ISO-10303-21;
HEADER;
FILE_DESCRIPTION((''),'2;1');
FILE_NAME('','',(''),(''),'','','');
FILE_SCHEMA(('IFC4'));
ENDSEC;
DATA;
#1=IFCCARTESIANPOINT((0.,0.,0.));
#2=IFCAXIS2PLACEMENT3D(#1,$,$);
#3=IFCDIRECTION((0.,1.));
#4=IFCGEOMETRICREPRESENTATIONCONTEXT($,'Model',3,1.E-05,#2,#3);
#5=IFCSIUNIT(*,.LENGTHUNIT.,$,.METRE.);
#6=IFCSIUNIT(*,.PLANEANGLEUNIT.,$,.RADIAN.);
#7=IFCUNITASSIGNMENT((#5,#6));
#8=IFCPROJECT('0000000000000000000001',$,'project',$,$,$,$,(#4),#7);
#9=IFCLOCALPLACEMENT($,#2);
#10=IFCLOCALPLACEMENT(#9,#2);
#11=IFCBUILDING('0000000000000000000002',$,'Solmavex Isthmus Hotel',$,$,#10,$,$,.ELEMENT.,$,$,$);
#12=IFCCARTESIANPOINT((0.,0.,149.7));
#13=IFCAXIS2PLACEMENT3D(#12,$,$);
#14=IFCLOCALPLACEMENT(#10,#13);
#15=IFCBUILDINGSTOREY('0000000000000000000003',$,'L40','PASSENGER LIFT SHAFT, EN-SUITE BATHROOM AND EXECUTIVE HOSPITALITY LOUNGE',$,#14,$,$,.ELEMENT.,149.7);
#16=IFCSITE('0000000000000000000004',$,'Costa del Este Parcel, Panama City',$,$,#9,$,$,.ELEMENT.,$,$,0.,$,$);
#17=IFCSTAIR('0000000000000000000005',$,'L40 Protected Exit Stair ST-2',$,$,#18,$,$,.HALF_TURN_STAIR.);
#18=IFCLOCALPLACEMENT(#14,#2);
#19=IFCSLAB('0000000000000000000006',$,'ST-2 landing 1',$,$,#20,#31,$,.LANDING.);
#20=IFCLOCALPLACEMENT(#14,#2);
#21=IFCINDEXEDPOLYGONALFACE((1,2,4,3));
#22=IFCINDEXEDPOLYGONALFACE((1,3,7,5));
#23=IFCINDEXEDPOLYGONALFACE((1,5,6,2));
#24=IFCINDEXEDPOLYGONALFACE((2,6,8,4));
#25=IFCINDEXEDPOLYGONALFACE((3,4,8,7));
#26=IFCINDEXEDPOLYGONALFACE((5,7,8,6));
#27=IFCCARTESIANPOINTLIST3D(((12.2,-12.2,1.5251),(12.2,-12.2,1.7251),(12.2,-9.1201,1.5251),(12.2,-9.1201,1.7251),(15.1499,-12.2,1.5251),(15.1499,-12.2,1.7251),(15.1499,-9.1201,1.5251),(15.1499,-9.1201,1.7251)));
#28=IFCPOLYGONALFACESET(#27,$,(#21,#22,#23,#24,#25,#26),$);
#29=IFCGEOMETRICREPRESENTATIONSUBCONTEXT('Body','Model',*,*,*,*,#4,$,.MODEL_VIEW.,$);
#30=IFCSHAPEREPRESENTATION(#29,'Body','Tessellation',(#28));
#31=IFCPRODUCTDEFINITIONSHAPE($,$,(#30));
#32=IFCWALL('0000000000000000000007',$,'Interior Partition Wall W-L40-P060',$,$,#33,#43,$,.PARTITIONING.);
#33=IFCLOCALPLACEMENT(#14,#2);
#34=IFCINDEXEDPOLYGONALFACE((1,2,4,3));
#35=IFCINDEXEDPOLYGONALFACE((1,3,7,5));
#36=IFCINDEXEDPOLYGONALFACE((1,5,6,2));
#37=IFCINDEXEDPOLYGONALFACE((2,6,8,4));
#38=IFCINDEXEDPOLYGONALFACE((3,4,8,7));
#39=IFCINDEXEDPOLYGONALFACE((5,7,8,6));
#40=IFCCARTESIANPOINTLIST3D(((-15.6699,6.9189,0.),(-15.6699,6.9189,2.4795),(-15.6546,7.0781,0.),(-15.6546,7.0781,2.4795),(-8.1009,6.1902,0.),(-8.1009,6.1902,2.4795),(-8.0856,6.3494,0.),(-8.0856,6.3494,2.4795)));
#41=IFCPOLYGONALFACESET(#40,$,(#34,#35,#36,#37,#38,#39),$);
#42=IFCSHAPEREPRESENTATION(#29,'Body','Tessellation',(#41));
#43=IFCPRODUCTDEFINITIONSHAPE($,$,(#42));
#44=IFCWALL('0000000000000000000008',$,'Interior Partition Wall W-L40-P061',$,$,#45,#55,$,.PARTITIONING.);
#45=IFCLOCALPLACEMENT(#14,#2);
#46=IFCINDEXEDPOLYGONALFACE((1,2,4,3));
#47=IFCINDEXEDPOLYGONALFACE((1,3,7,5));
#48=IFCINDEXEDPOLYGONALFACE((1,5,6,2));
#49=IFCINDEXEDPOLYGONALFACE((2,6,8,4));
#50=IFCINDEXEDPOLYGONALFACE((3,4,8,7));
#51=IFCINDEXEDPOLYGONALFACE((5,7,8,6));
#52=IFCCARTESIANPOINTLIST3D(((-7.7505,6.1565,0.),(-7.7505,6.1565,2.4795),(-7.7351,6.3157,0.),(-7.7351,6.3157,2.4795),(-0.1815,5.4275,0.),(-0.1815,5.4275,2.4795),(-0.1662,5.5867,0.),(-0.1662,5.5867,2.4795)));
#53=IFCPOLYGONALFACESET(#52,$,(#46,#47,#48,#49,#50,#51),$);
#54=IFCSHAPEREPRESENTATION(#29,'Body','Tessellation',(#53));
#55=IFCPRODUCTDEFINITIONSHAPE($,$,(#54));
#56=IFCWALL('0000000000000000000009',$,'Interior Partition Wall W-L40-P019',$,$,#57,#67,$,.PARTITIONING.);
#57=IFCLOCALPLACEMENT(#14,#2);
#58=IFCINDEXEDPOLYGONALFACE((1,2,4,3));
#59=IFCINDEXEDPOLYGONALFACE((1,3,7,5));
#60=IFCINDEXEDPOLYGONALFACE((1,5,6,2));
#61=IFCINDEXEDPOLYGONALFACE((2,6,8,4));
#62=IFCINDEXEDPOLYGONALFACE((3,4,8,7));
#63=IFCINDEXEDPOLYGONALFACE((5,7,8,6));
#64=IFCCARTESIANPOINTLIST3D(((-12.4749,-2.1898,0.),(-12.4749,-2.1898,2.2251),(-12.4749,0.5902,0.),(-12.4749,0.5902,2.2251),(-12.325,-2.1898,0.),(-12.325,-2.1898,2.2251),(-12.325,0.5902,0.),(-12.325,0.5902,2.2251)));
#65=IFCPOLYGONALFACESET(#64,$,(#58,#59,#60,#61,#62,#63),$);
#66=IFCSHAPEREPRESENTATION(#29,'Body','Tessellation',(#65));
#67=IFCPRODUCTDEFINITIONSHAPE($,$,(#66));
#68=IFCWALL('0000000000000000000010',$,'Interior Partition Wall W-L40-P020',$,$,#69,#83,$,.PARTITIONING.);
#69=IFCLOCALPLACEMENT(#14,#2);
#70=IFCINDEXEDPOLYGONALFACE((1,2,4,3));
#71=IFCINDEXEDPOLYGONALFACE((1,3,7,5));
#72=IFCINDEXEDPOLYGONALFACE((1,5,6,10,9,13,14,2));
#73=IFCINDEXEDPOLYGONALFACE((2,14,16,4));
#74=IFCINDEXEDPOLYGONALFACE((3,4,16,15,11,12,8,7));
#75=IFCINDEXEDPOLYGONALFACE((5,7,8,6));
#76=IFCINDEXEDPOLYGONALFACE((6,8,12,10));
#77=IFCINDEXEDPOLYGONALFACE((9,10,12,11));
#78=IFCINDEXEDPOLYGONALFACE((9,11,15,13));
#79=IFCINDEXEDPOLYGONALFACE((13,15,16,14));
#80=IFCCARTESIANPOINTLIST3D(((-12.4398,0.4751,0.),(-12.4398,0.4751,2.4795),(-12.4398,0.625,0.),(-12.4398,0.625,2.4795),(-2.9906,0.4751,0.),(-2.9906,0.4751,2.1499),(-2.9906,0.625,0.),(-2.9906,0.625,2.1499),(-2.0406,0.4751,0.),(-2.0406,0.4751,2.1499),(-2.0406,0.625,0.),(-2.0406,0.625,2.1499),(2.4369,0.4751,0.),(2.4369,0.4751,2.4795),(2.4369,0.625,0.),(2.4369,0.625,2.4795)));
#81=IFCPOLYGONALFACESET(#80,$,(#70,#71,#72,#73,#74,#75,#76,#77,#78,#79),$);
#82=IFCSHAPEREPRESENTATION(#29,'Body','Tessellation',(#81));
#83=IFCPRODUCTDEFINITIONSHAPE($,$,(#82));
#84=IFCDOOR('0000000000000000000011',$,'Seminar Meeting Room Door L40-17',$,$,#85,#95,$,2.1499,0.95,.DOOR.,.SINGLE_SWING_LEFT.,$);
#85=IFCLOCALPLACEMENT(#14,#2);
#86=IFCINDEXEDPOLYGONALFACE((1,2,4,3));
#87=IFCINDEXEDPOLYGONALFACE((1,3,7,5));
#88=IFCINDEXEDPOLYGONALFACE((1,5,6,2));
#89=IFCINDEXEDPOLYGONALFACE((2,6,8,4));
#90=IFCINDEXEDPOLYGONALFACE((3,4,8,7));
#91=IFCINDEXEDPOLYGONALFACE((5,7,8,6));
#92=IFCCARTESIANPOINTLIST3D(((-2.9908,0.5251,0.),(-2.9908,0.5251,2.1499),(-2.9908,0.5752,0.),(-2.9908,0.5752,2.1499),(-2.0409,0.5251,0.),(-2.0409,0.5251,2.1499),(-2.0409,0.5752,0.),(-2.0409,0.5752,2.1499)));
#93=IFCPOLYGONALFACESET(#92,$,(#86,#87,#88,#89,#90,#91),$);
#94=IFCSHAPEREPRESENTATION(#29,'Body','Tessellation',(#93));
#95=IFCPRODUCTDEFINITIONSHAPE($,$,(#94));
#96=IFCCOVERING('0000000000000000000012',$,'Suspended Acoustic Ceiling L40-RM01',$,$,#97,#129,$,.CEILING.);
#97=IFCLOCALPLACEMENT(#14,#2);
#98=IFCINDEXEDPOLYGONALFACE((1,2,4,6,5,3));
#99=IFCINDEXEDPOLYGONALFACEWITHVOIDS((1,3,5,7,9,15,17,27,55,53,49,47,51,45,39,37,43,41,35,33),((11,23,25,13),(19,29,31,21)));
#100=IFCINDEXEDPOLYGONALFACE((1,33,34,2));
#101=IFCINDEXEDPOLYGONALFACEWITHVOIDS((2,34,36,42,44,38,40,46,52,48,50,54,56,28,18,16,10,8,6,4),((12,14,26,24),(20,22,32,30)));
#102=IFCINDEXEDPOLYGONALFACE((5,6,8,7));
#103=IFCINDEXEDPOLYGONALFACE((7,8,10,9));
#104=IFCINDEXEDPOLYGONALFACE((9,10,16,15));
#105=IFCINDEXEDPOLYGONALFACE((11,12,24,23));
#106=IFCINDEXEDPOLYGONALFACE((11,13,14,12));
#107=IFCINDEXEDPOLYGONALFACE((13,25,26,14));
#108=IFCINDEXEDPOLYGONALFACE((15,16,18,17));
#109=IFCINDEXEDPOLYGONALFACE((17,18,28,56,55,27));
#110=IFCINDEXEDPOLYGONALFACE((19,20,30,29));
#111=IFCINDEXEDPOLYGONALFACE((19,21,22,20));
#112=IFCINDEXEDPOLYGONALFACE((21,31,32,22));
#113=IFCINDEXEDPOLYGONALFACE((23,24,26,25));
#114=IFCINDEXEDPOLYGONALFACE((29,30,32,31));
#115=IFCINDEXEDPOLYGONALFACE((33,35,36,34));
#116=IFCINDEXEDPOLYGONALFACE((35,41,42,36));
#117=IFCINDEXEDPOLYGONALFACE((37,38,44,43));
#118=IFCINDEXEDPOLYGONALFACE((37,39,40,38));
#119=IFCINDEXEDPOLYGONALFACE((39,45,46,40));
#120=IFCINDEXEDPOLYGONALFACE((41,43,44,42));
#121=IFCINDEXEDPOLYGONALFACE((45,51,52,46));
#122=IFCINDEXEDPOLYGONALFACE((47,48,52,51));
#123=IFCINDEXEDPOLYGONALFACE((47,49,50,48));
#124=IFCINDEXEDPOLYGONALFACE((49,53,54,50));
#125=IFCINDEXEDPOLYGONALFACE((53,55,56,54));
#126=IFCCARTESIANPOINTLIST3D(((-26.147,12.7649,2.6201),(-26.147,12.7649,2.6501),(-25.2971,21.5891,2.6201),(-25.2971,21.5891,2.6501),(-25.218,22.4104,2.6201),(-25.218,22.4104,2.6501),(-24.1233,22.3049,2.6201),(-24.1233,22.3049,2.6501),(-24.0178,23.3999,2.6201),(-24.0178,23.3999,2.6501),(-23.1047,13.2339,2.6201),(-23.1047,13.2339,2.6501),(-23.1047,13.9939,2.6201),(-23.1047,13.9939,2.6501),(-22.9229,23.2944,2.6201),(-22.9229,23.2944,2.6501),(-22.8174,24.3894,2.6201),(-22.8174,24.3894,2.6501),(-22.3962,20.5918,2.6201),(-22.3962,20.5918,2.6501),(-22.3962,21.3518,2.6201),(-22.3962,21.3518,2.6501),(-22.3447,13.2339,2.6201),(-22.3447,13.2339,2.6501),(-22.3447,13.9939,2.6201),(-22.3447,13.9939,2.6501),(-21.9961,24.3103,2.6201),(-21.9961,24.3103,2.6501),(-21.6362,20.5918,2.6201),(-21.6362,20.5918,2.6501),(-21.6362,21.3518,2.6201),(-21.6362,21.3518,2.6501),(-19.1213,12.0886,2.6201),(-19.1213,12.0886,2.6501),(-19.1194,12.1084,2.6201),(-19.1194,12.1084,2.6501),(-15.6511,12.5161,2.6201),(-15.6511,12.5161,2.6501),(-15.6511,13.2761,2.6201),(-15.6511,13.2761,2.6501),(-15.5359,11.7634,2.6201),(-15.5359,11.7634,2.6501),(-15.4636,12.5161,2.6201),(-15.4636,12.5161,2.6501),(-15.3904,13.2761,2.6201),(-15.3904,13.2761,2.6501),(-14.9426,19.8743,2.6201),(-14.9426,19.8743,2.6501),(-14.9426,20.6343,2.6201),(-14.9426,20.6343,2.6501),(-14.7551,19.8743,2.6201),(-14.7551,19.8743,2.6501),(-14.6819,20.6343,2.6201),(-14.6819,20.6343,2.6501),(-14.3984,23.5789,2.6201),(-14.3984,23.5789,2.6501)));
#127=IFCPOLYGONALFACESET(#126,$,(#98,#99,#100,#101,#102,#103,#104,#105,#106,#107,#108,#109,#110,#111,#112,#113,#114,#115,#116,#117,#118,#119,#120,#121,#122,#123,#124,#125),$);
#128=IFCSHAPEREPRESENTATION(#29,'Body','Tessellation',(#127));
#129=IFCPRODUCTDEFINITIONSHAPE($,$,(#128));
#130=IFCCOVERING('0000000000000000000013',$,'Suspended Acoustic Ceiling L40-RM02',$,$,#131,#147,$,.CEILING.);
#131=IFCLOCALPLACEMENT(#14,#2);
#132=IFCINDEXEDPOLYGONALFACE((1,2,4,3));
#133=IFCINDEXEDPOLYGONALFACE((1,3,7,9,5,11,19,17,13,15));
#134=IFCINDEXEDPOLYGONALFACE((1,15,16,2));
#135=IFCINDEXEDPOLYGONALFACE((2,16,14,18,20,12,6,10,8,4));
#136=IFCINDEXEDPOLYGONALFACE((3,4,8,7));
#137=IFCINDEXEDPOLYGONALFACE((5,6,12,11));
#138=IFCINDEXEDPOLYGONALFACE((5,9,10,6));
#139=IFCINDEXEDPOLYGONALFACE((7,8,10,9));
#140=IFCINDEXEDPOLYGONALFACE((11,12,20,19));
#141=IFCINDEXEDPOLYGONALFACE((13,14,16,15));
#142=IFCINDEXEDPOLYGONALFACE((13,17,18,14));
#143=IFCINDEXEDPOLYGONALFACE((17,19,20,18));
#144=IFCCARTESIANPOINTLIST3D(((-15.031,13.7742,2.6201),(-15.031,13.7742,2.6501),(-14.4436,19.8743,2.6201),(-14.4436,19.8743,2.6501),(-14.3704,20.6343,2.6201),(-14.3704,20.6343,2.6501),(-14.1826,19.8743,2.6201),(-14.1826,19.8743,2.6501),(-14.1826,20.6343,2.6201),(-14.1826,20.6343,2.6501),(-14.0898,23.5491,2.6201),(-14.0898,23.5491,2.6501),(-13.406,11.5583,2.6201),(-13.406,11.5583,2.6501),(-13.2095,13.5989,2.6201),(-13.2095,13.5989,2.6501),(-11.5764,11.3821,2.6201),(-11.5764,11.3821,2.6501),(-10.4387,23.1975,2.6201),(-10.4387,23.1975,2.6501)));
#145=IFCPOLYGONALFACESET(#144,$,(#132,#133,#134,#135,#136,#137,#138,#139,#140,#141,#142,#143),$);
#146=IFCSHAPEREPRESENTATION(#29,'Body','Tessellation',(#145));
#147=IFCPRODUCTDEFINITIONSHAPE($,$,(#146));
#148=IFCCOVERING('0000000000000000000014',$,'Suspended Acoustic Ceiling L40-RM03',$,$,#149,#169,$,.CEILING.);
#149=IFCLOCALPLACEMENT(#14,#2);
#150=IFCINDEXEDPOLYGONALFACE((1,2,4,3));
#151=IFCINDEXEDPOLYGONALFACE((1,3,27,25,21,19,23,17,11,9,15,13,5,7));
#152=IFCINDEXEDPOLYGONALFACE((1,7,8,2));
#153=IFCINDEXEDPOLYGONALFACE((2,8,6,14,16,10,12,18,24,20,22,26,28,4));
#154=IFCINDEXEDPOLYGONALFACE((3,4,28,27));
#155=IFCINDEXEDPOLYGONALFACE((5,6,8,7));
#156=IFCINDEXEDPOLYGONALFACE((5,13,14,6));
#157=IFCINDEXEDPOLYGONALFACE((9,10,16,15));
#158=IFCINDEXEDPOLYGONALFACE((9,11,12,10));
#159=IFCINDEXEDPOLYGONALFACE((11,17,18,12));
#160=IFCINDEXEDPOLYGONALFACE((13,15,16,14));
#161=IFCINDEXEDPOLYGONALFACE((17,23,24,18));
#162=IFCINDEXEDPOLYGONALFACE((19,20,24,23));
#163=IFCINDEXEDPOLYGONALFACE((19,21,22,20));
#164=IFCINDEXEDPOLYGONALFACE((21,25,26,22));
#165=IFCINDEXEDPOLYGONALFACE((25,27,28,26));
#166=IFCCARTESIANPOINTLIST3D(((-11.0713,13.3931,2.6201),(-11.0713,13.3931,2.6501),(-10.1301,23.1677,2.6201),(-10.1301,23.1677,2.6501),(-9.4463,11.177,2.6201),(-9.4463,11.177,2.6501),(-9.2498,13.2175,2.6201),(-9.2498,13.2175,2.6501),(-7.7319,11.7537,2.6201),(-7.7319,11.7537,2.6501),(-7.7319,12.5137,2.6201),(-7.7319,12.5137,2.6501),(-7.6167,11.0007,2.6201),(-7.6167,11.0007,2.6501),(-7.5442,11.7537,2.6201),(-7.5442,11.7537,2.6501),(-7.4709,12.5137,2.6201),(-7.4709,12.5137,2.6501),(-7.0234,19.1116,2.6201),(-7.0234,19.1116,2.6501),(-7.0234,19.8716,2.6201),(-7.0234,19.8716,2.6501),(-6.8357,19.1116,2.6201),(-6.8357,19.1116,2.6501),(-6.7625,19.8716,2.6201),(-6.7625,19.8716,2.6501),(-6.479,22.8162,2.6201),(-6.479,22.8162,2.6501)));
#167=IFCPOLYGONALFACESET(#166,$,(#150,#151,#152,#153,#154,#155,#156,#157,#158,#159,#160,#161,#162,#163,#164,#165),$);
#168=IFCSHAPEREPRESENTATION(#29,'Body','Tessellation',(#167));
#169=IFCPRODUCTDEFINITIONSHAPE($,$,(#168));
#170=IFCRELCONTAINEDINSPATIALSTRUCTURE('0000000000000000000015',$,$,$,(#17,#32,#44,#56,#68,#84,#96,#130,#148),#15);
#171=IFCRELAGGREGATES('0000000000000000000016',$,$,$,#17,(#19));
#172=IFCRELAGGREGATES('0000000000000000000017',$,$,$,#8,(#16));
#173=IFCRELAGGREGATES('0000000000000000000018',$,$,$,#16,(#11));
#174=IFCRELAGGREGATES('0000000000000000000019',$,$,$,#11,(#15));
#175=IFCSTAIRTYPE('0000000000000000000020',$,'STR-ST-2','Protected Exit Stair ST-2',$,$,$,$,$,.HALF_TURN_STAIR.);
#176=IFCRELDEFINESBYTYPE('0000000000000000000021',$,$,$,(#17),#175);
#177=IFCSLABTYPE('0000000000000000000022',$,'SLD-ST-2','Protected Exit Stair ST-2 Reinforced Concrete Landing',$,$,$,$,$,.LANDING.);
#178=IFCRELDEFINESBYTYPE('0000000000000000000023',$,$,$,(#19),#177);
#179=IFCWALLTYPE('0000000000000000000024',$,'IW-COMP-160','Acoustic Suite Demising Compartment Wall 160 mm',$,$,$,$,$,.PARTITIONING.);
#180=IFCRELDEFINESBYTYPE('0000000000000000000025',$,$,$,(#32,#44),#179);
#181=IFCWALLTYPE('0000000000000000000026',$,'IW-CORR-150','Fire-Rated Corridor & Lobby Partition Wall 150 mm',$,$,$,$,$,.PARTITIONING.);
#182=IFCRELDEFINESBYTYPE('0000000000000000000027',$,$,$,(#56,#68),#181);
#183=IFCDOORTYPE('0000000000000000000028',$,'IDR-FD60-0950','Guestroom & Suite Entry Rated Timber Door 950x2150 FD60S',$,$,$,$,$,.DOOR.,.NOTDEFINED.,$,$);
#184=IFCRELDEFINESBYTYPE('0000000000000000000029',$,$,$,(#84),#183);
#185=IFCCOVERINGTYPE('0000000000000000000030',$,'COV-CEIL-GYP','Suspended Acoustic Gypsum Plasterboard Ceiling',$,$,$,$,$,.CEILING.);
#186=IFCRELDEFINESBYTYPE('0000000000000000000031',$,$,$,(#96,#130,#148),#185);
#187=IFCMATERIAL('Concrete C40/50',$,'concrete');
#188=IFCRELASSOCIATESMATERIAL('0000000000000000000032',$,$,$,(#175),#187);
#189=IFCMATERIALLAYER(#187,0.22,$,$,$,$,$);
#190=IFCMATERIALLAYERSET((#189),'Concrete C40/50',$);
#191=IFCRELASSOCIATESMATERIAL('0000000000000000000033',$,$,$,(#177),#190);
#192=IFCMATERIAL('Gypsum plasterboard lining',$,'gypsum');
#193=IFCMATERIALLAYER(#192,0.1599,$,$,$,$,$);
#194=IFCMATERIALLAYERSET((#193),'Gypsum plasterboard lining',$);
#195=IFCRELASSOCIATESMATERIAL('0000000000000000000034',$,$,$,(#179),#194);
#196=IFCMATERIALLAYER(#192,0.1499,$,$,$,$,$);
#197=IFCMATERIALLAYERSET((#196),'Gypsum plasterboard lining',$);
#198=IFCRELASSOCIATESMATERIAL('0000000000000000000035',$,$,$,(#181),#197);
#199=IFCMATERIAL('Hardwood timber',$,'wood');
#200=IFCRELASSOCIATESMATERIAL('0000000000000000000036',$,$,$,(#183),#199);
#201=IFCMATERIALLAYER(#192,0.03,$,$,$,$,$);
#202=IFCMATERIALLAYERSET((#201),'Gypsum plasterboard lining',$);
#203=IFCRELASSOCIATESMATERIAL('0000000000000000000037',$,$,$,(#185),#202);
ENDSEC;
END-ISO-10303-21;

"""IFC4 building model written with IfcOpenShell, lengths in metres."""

from ifc_helpers import new_model, si_unit, direction, frame, frame_2d, origin, place, context, subcontext, project, spatial, polyline, rectangle, outline, extrude, material, layer, layer_set, type_object, element, fill, aggregate, save


model = new_model("IFC4")

# Units and contexts
model_context = context("Model", 3, precision=1e-05, world=origin(), true_north=direction((0.0, 1.0)))
body_context = subcontext(model_context, "Body", "Model", "MODEL_VIEW")
ifc_project = project(units=[si_unit("LENGTHUNIT", "METRE"), si_unit("PLANEANGLEUNIT", "RADIAN")], contexts=[model_context])

# Site, building, storey
site_placement = place(None, origin())
site = spatial("IfcSite", under=ifc_project, at=site_placement, Name="Costa del Este Parcel, Panama City", CompositionType="ELEMENT", RefElevation=0.0)
building_placement = place(site_placement, origin())
building = spatial("IfcBuilding", under=site, at=building_placement, Name="Solmavex Isthmus Hotel", CompositionType="ELEMENT")
storey_placement = place(building_placement, frame((0.0, 0.0, 149.7)))
storey = spatial("IfcBuildingStorey", under=building, at=storey_placement, Name="L40", Description="PASSENGER LIFT SHAFT, EN-SUITE BATHROOM AND EXECUTIVE HOSPITALITY LOUNGE", CompositionType="ELEMENT", Elevation=149.7)

# Shared definitions
ifc_material_1 = material(Name="Concrete C40/50", Category="concrete")

# Stair, slab
stair_type_1 = type_object("IfcStairType", Name="STR-ST-2", Description="Protected Exit Stair ST-2", PredefinedType="HALF_TURN_STAIR", material=ifc_material_1)
stair_1_placement = place(storey_placement, origin())
stair_1 = element("IfcStair", 1, at=stair_1_placement, inside=storey, type_object=stair_type_1, Name="L40 Protected Exit Stair ST-2", PredefinedType="HALF_TURN_STAIR")
ifc_layer_1 = layer(ifc_material_1, 0.22)
ifc_layer_set_1 = layer_set([ifc_layer_1], Name="Concrete C40/50")
slab_type_1 = type_object("IfcSlabType", Name="SLD-ST-2", Description="Protected Exit Stair ST-2 Reinforced Concrete Landing", PredefinedType="LANDING", material=ifc_layer_set_1)
slab_1_placement = place(storey_placement, frame((0.0, 0.0, 1.5251)))
slab_1 = element("IfcSlab", 2, at=slab_1_placement, type_object=slab_type_1, Name="ST-2 landing 1", PredefinedType="LANDING", context=body_context, shape_type="SweptSolid", body=[
    extrude(outline(polyline([(12.2, -9.1201), (12.2, -12.2), (15.1499, -12.2), (15.1499, -9.1201), (12.2, -9.1201)])), origin(), (0.0, 0.0, 1.0), 0.2),
])
aggregate(stair_1, [slab_1])

# Walls
ifc_material_2 = material(Name="Gypsum plasterboard lining", Category="gypsum")
ifc_layer_2 = layer(ifc_material_2, 0.1599)
ifc_layer_set_2 = layer_set([ifc_layer_2], Name="Gypsum plasterboard lining")
wall_type_1 = type_object("IfcWallType", Name="IW-COMP-160", Description="Acoustic Suite Demising Compartment Wall 160 mm", PredefinedType="PARTITIONING", material=ifc_layer_set_2)
for number, where, z_axis, x_axis, name in (
    (3, (-8.0933, 6.2698, 0.0), (0.0, 0.0, 1.0), (-0.995397, 0.095838, 0.0), "Interior Partition Wall W-L40-P060"),
    (4, (-0.1738, 5.5071, 0.0), (0.0, 0.0, 1.0), (-0.995394, 0.09587, 0.0), "Interior Partition Wall W-L40-P061"),
):
    element("IfcWall", number, at=place(storey_placement, frame(where, z_axis=z_axis, x_axis=x_axis)), inside=storey, type_object=wall_type_1, Name=name, PredefinedType="PARTITIONING", context=body_context, shape_type="SweptSolid", body=[
        extrude(rectangle(XDim=7.604, YDim=0.1599, at=frame_2d((3.802, 0.0))), origin(), (0.0, 0.0, 1.0), 2.4795),
    ])
ifc_layer_3 = layer(ifc_material_2, 0.1499)
ifc_layer_set_3 = layer_set([ifc_layer_3], Name="Gypsum plasterboard lining")
wall_type_2 = type_object("IfcWallType", Name="IW-CORR-150", Description="Fire-Rated Corridor & Lobby Partition Wall 150 mm", PredefinedType="PARTITIONING", material=ifc_layer_set_3)
wall_1_placement = place(storey_placement, frame((-12.3999, -2.1899, 0.0), z_axis=(0.0, 0.0, 1.0), x_axis=(0.0, 1.0, 0.0)))
element("IfcWall", 5, at=wall_1_placement, inside=storey, type_object=wall_type_2, Name="Interior Partition Wall W-L40-P019", PredefinedType="PARTITIONING", context=body_context, shape_type="SweptSolid", body=[
    extrude(rectangle(XDim=2.78, YDim=0.1499, at=frame_2d((1.3901, 0.0))), origin(), (0.0, 0.0, 1.0), 2.2251),
])

# Wall, opening, door
wall_2_placement = place(storey_placement, frame((-12.4399, 0.55, 0.0), z_axis=(0.0, 0.0, 1.0), x_axis=(1.0, 0.0, 0.0)))
wall_2 = element("IfcWall", 6, at=wall_2_placement, inside=storey, type_object=wall_type_2, Name="Interior Partition Wall W-L40-P020", PredefinedType="PARTITIONING", context=body_context, shape_type="SweptSolid", body=[
    extrude(rectangle(XDim=14.8767, YDim=0.1499, at=frame_2d((7.4385, 0.0))), origin(), (0.0, 0.0, 1.0), 2.4795),
])
opening_placement = place(wall_2_placement, frame((9.4492, 0.0, 0.0)))
opening = element("IfcOpeningElement", 7, at=opening_placement, cuts=wall_2, PredefinedType="OPENING", context=body_context, shape_type="SweptSolid", body=[
    extrude(rectangle(XDim=0.95, YDim=2.1499, at=frame_2d((0.4751, 1.075))), frame((0.0, 0.085, 0.0), z_axis=(0.0, -1.0, 0.0), x_axis=(1.0, 0.0, 0.0)), (0.0, 0.0, 1.0), 0.1699),
])
ifc_material_3 = material(Name="Hardwood timber", Category="wood")
door_type = type_object("IfcDoorType", Name="IDR-FD60-0950", Description="Guestroom & Suite Entry Rated Timber Door 950x2150 FD60S", OperationType="NOTDEFINED", PredefinedType="DOOR", material=ifc_material_3)
door_placement = place(opening_placement, frame((0.95, 0.0, 0.0), z_axis=(0.0, 0.0, 1.0), x_axis=(-1.0, 0.0, 0.0)))
door = element("IfcDoor", 8, at=door_placement, inside=storey, type_object=door_type, Name="Seminar Meeting Room Door L40-17", OperationType="SINGLE_SWING_LEFT", OverallHeight=2.1499, OverallWidth=0.95, PredefinedType="DOOR", context=body_context, shape_type="SweptSolid", body=[
    extrude(rectangle(XDim=0.95, YDim=2.1499, at=frame_2d((0.4751, 1.075))), frame((0.0, 0.0249, 0.0), z_axis=(0.0, -1.0, 0.0), x_axis=(1.0, 0.0, 0.0)), (0.0, 0.0, 1.0), 0.05),
])
fill(opening, door)

# Coverings
ifc_layer_4 = layer(ifc_material_2, 0.03)
ifc_layer_set_4 = layer_set([ifc_layer_4], Name="Gypsum plasterboard lining")
covering_type_1 = type_object("IfcCoveringType", Name="COV-CEIL-GYP", Description="Suspended Acoustic Gypsum Plasterboard Ceiling", PredefinedType="CEILING", material=ifc_layer_set_4)
covering_1_placement = place(storey_placement, frame((0.0, 0.0, 2.6201)))
element("IfcCovering", 9, at=covering_1_placement, inside=storey, type_object=covering_type_1, Name="Suspended Acoustic Ceiling L40-RM01", PredefinedType="CEILING", context=body_context, shape_type="SweptSolid", body=[
    extrude(outline(polyline([(-19.1213, 12.0886), (-19.1194, 12.1084), (-15.5359, 11.7634), (-15.4636, 12.5161), (-15.6511, 12.5161), (-15.6511, 13.2761), (-15.3904, 13.2761), (-14.7551, 19.8743), (-14.9426, 19.8743), (-14.9426, 20.6343), (-14.6819, 20.6343), (-14.3984, 23.5789), (-21.9961, 24.3103), (-22.8174, 24.3894), (-22.9229, 23.2944), (-24.0178, 23.3999), (-24.1233, 22.3049), (-25.218, 22.4104), (-25.2971, 21.5891), (-26.147, 12.7649), (-19.1213, 12.0886)]), holes=[polyline([(-22.3962, 20.5918), (-22.3962, 21.3518), (-21.6362, 21.3518), (-21.6362, 20.5918), (-22.3962, 20.5918)]), polyline([(-23.1047, 13.2339), (-23.1047, 13.9939), (-22.3447, 13.9939), (-22.3447, 13.2339), (-23.1047, 13.2339)])]), origin(), (0.0, 0.0, 1.0), 0.03),
])
covering_2_placement = place(storey_placement, frame((0.0, 0.0, 2.6201)))
element("IfcCovering", 10, at=covering_2_placement, inside=storey, type_object=covering_type_1, Name="Suspended Acoustic Ceiling L40-RM02", PredefinedType="CEILING", context=body_context, shape_type="SweptSolid", body=[
    extrude(outline(polyline([(-14.3704, 20.6343), (-14.1826, 20.6343), (-14.1826, 19.8743), (-14.4436, 19.8743), (-15.031, 13.7742), (-13.2095, 13.5989), (-13.406, 11.5583), (-11.5764, 11.3821), (-10.4387, 23.1975), (-14.0898, 23.5491), (-14.3704, 20.6343)])), origin(), (0.0, 0.0, 1.0), 0.03),
])
covering_3_placement = place(storey_placement, frame((0.0, 0.0, 2.6201)))
element("IfcCovering", 11, at=covering_3_placement, inside=storey, type_object=covering_type_1, Name="Suspended Acoustic Ceiling L40-RM03", PredefinedType="CEILING", context=body_context, shape_type="SweptSolid", body=[
    extrude(outline(polyline([(-6.8357, 19.1116), (-7.0234, 19.1116), (-7.0234, 19.8716), (-6.7625, 19.8716), (-6.479, 22.8162), (-10.1301, 23.1677), (-11.0713, 13.3931), (-9.2498, 13.2175), (-9.4463, 11.177), (-7.6167, 11.0007), (-7.5442, 11.7537), (-7.7319, 11.7537), (-7.7319, 12.5137), (-7.4709, 12.5137), (-6.8357, 19.1116)])), origin(), (0.0, 0.0, 1.0), 0.03),
])

save(model, "model.ifc")
